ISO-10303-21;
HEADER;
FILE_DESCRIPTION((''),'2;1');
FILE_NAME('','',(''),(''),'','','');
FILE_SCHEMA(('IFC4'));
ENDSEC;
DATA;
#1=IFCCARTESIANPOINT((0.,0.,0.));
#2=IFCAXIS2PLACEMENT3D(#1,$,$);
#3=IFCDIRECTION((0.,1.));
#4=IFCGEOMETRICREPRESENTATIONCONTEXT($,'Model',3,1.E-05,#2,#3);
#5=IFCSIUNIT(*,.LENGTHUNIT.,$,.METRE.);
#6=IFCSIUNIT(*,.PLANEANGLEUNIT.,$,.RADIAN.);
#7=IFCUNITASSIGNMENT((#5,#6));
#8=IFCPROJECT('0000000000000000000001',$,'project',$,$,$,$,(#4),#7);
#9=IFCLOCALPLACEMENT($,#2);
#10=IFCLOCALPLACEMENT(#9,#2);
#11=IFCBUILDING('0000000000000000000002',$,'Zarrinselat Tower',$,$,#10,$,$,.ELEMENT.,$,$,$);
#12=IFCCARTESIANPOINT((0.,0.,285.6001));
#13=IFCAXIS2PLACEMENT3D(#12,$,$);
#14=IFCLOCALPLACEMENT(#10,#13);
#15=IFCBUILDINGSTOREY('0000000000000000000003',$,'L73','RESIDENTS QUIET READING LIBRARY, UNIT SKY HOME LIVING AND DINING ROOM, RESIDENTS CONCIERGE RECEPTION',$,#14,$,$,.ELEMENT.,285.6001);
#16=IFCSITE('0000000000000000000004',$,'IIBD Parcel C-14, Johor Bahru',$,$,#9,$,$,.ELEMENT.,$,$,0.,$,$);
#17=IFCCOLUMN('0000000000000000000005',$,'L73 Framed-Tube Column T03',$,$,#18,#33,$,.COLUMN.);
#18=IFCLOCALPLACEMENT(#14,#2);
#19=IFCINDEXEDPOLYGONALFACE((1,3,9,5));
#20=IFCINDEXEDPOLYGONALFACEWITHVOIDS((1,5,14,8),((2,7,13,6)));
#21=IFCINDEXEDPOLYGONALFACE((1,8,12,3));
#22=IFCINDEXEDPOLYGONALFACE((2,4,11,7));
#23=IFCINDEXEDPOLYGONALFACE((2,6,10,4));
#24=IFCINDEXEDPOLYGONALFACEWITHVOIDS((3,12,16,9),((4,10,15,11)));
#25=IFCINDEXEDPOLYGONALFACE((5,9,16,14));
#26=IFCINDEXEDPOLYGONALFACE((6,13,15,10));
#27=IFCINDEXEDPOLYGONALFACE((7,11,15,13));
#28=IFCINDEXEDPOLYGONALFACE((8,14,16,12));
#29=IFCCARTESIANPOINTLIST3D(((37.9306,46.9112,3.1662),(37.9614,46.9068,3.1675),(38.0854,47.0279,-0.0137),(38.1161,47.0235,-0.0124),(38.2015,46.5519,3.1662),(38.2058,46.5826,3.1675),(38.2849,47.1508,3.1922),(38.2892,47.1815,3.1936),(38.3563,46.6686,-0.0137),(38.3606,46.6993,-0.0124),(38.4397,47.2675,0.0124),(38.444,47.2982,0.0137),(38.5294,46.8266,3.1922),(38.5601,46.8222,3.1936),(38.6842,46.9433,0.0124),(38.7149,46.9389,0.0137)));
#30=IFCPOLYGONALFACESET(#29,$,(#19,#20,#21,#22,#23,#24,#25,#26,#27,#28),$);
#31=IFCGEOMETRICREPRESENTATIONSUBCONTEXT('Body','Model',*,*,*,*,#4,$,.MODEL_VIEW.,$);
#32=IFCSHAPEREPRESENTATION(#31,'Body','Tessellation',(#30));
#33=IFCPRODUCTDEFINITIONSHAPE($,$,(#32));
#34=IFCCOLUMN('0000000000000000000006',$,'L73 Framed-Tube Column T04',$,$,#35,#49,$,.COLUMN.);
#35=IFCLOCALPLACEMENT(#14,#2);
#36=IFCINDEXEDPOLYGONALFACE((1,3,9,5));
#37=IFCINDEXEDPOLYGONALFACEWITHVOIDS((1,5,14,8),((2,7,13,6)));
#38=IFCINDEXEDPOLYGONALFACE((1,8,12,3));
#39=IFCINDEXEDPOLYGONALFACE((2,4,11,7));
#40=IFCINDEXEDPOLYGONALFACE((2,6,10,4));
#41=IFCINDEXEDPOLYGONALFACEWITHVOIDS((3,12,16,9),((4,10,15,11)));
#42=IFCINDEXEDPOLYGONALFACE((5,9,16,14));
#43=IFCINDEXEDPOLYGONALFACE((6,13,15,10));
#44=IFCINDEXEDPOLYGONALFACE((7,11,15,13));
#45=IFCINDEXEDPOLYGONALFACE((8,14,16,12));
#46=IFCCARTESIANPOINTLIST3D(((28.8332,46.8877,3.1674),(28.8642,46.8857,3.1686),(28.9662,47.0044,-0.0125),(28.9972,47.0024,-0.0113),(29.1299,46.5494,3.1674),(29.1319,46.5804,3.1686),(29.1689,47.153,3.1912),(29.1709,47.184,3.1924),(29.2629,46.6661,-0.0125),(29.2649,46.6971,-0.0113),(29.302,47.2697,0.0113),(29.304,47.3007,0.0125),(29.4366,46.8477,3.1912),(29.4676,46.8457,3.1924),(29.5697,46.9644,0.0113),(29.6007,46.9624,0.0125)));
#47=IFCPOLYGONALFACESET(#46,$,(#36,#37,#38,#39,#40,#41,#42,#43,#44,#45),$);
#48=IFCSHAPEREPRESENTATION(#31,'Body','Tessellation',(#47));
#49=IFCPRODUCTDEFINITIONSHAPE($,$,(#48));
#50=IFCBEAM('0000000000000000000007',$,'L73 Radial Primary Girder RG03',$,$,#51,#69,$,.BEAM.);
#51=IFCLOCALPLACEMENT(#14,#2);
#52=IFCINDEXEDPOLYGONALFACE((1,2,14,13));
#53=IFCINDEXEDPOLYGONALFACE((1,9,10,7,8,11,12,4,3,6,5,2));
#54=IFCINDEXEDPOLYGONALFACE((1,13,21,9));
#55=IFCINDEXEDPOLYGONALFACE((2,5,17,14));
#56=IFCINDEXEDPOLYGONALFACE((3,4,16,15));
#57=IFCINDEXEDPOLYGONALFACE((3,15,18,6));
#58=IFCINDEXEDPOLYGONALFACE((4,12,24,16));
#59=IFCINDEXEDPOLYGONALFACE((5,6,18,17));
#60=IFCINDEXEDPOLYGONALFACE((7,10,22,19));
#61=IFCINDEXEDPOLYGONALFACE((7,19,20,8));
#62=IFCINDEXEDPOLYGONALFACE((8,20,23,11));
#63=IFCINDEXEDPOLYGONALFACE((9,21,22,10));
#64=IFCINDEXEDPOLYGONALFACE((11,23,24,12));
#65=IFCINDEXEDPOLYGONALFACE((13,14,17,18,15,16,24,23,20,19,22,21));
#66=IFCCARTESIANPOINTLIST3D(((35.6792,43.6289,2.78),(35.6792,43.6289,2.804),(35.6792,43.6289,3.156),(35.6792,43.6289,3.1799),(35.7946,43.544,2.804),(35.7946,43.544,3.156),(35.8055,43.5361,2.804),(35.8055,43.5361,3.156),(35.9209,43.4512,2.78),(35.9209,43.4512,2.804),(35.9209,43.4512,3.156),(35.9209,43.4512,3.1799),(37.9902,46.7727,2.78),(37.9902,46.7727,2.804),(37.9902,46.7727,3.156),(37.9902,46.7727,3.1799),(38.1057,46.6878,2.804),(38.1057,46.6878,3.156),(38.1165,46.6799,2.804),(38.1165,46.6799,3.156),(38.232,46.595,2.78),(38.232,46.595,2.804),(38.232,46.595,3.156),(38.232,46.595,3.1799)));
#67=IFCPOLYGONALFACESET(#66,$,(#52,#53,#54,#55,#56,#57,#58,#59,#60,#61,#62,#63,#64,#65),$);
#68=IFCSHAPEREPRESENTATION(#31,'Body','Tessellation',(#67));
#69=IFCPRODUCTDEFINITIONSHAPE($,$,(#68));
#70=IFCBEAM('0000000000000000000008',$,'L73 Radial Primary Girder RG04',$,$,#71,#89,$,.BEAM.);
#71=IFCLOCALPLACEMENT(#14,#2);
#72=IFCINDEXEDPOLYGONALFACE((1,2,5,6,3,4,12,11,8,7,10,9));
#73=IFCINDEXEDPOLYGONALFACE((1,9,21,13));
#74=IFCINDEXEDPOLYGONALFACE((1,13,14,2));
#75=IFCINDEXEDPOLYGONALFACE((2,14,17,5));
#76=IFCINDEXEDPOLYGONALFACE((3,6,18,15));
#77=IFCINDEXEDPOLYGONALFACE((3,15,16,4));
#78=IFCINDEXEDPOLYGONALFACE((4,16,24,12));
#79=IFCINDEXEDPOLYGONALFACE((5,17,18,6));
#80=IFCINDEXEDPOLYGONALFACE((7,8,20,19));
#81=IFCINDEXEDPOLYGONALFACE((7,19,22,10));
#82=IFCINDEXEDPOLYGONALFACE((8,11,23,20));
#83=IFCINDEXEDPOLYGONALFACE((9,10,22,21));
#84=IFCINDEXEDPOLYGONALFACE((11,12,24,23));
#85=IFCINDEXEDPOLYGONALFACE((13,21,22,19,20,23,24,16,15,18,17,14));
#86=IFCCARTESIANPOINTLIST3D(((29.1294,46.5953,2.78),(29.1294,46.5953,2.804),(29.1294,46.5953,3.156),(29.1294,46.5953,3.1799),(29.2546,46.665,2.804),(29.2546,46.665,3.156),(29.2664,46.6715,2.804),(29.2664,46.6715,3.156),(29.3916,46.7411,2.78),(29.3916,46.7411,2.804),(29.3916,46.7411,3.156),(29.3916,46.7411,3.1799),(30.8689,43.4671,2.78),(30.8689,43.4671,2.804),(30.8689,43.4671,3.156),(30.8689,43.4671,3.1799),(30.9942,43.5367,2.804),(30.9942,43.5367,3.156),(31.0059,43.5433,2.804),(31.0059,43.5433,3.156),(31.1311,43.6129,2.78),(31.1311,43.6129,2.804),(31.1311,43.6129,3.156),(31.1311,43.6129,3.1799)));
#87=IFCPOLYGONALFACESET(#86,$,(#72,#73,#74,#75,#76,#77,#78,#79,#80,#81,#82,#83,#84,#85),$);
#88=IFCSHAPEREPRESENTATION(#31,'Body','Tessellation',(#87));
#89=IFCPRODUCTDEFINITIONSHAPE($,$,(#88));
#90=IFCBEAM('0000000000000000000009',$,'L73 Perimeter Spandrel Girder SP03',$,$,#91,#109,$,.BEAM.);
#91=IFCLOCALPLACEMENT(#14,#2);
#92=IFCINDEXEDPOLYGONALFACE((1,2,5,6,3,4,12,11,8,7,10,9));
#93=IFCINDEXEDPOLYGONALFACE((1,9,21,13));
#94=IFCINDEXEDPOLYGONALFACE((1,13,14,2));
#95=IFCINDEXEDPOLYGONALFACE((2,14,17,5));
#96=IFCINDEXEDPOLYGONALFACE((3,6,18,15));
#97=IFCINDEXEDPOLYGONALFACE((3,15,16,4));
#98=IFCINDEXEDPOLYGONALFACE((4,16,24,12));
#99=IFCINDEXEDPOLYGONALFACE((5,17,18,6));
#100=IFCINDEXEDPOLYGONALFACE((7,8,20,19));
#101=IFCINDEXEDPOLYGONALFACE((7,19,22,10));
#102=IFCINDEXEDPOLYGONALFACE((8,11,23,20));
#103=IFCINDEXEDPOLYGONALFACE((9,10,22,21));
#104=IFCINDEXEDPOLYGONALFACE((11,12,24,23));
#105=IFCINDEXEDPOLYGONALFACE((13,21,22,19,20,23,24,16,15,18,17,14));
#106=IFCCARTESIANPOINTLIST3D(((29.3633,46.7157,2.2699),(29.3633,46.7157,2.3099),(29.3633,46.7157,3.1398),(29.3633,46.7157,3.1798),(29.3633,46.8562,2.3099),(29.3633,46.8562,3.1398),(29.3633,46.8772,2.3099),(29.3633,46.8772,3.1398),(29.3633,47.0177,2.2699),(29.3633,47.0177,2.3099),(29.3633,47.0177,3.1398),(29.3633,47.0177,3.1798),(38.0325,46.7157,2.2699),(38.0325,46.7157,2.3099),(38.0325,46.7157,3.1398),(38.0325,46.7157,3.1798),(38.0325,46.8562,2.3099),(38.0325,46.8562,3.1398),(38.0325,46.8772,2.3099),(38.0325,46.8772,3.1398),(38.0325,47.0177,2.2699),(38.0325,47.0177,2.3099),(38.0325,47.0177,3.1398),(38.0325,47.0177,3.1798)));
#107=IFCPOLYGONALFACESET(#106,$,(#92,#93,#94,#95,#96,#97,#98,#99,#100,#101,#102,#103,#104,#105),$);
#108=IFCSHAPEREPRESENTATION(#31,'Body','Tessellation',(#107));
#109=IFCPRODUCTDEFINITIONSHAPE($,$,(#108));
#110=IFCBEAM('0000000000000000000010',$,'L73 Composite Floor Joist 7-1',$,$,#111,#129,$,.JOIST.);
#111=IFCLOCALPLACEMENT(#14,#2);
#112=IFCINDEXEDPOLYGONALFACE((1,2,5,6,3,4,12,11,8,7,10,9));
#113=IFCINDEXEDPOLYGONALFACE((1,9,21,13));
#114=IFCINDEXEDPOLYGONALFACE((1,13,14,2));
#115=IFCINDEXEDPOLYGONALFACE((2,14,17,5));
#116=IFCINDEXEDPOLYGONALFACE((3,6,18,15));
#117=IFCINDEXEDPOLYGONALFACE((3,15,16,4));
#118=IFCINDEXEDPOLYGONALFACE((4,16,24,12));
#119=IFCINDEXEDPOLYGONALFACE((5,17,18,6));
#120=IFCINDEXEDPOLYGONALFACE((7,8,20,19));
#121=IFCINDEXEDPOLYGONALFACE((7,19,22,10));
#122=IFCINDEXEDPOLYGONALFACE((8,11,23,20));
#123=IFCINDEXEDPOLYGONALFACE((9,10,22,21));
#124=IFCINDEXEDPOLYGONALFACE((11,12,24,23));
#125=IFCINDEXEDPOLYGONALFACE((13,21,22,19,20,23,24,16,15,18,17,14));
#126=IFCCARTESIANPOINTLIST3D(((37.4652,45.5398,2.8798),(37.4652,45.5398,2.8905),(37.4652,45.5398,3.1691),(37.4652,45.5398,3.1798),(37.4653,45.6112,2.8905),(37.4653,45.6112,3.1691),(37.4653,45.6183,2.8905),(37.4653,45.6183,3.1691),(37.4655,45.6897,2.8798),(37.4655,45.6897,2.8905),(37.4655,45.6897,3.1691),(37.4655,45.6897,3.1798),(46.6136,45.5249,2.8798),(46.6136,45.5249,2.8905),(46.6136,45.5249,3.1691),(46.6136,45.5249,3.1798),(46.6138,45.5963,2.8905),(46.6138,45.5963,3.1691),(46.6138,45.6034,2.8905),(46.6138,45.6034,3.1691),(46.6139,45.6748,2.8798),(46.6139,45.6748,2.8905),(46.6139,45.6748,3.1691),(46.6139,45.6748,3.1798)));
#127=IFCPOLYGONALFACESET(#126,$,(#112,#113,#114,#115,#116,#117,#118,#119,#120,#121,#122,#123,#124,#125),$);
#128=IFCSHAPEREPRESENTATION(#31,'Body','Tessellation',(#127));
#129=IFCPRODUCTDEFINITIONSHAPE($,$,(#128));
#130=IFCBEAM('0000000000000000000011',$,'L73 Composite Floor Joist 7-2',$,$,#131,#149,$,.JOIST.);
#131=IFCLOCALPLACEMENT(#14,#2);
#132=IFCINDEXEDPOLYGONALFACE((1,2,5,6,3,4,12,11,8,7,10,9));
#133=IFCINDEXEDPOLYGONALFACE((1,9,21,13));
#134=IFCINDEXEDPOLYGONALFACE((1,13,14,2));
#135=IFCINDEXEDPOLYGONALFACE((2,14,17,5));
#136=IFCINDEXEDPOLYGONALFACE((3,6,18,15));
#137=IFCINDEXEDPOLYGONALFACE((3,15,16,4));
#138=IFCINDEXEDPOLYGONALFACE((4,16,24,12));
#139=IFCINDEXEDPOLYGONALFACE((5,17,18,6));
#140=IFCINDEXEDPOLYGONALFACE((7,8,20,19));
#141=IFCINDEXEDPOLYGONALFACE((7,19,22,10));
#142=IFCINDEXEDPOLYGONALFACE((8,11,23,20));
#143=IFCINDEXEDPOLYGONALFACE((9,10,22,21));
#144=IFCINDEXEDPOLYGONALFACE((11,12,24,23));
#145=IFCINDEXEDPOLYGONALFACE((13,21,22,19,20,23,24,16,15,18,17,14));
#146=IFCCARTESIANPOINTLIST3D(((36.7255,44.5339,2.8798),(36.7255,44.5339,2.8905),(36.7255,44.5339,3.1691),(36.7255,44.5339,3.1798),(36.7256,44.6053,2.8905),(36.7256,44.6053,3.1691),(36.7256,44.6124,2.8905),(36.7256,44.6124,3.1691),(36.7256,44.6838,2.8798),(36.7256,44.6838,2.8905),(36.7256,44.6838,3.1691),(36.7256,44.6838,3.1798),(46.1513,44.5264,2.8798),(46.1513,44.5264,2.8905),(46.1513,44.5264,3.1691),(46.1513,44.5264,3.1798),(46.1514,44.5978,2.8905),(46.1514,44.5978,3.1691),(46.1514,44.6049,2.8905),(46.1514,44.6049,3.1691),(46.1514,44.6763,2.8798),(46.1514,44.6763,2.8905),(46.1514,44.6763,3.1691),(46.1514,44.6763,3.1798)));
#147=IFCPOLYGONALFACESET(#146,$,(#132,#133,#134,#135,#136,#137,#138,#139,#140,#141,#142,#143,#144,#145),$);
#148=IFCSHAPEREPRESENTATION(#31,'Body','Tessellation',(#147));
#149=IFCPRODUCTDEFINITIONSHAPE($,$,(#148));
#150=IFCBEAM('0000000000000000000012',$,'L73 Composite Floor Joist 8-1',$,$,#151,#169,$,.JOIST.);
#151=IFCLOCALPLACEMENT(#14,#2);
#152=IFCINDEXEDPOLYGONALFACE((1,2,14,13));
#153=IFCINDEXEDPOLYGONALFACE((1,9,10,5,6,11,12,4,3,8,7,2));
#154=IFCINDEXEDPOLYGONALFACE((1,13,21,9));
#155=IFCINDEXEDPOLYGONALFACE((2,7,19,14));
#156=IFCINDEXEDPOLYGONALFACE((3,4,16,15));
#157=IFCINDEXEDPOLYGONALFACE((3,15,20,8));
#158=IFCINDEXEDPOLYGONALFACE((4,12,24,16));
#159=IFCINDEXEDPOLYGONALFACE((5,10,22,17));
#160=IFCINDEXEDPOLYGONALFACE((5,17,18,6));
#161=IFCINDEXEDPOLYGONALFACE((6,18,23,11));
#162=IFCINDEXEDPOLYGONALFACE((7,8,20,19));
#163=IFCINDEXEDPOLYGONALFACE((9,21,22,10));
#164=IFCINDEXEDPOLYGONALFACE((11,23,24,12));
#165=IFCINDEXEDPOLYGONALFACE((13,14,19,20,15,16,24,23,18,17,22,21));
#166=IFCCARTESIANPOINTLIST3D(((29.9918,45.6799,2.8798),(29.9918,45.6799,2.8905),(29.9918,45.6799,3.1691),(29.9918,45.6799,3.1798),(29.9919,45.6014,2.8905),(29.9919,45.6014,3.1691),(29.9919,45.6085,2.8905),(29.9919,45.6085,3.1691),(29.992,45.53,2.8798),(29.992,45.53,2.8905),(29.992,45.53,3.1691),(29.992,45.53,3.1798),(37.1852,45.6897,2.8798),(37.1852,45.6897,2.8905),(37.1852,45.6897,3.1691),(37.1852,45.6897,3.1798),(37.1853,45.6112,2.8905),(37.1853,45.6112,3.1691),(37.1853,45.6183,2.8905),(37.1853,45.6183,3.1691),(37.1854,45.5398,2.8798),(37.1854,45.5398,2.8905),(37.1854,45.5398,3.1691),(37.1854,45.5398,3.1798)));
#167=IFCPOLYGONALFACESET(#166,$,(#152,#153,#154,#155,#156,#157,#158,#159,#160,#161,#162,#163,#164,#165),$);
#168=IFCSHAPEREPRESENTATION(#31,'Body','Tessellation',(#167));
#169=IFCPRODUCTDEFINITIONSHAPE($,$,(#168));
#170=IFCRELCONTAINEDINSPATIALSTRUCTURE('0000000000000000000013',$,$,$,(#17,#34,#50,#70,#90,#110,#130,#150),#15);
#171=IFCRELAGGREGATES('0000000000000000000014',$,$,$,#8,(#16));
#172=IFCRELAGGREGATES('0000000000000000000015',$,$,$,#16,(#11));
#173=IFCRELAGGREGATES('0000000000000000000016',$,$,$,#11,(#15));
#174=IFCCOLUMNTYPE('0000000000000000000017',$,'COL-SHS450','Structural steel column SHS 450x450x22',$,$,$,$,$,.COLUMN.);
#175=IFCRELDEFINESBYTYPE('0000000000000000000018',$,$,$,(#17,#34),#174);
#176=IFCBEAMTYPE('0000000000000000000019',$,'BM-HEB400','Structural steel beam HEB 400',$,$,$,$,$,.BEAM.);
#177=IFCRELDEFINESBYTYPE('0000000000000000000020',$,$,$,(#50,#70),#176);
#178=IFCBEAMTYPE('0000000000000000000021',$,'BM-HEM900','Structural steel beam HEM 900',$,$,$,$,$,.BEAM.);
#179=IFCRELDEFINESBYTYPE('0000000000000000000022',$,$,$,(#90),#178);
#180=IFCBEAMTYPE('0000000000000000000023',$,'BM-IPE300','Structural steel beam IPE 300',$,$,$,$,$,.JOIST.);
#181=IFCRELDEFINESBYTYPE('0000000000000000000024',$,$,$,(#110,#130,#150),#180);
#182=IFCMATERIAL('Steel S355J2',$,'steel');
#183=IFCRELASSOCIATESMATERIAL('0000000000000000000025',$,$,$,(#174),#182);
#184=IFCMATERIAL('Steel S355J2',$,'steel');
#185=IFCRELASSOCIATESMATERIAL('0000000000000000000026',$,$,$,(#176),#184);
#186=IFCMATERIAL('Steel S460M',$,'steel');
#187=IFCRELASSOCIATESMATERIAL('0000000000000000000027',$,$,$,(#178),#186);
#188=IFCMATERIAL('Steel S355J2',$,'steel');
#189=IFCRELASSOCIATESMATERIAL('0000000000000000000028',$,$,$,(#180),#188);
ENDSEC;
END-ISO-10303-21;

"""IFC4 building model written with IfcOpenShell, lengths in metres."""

from ifc_helpers import new_model, si_unit, direction, frame, origin, origin_2d, place, context, subcontext, project, spatial, hollow_rectangle, i_section, extrude, material, material_profile, profile_set, type_object, element, save


model = new_model("IFC4")

# Units and contexts
model_context = context("Model", 3, precision=1e-05, world=origin(), true_north=direction((0.0, 1.0)))
body_context = subcontext(model_context, "Body", "Model", "MODEL_VIEW")
ifc_project = project(units=[si_unit("LENGTHUNIT", "METRE"), si_unit("PLANEANGLEUNIT", "RADIAN")], contexts=[model_context])

# Site, building, storey
site_placement = place(None, origin())
site = spatial("IfcSite", under=ifc_project, at=site_placement, Name="IIBD Parcel C-14, Johor Bahru", CompositionType="ELEMENT", RefElevation=0.0)
building_placement = place(site_placement, origin())
building = spatial("IfcBuilding", under=site, at=building_placement, Name="Zarrinselat Tower", CompositionType="ELEMENT")
storey_placement = place(building_placement, frame((0.0, 0.0, 285.6001)))
storey = spatial("IfcBuildingStorey", under=building, at=storey_placement, Name="L73", Description="RESIDENTS QUIET READING LIBRARY, UNIT SKY HOME LIVING AND DINING ROOM, RESIDENTS CONCIERGE RECEPTION", CompositionType="ELEMENT", Elevation=285.6001)

# Columns
ifc_material_1 = material(Name="Steel S355J2", Category="steel")
ifc_material_profile_1 = material_profile(ifc_material_1, hollow_rectangle(XDim=0.45, YDim=0.45, WallThickness=0.022, at=origin_2d()), Name="SHS 450x450x22")
ifc_profile_set_1 = profile_set([ifc_material_profile_1], Name="Steel S355J2")
column_type = type_object("IfcColumnType", Name="COL-SHS450", Description="Structural steel column SHS 450x450x22", PredefinedType="COLUMN", material=ifc_profile_set_1)
column_1_placement = place(storey_placement, frame((38.4001, 46.9834, 0.0), z_axis=(-0.048585, -0.036631, 0.998147), x_axis=(0.602013, -0.798486, 0.0)))
element("IfcColumn", 1, at=column_1_placement, inside=storey, type_object=column_type, Name="L73 Framed-Tube Column T03", PredefinedType="COLUMN", context=body_context, shape_type="SweptSolid", body=[
    extrude(hollow_rectangle(XDim=0.45, YDim=0.45, WallThickness=0.022, at=origin_2d()), origin(), (0.0, 0.0, 1.0), 3.1858),
])
column_2_placement = place(storey_placement, frame((29.2834, 46.9834, 0.0), z_axis=(-0.041778, -0.036642, 0.998455), x_axis=(0.659383, -0.751807, 0.0)))
element("IfcColumn", 2, at=column_2_placement, inside=storey, type_object=column_type, Name="L73 Framed-Tube Column T04", PredefinedType="COLUMN", context=body_context, shape_type="SweptSolid", body=[
    extrude(hollow_rectangle(XDim=0.45, YDim=0.45, WallThickness=0.022, at=origin_2d()), origin(), (0.0, 0.0, 1.0), 3.1848),
])

# Beams
ifc_material_2 = material(Name="Steel S355J2", Category="steel")
ifc_material_profile_2 = material_profile(ifc_material_2, i_section(OverallWidth=0.3, OverallDepth=0.3999, WebThickness=0.0134, FlangeThickness=0.0239, at=origin_2d()), Name="HEB 400")
ifc_profile_set_2 = profile_set([ifc_material_profile_2], Name="Steel S355J2")
beam_type_1 = type_object("IfcBeamType", Name="BM-HEB400", Description="Structural steel beam HEB 400", PredefinedType="BEAM", material=ifc_profile_set_2)
beam_1_placement = place(storey_placement, frame((35.8, 43.54, 2.98), z_axis=(0.592294, 0.805722, 0.0), x_axis=(-0.805722, 0.592294, 0.0)))
element("IfcBeam", 3, at=beam_1_placement, inside=storey, type_object=beam_type_1, Name="L73 Radial Primary Girder RG03", PredefinedType="BEAM", context=body_context, shape_type="SweptSolid", body=[
    extrude(i_section(OverallWidth=0.3, OverallDepth=0.3999, WebThickness=0.0134, FlangeThickness=0.0239, at=origin_2d()), origin(), (0.0, 0.0, 1.0), 3.9019),
])
beam_2_placement = place(storey_placement, frame((29.2605, 46.6682, 2.98), z_axis=(0.48599, -0.873964, 0.0), x_axis=(0.873964, 0.48599, 0.0)))
element("IfcBeam", 4, at=beam_2_placement, inside=storey, type_object=beam_type_1, Name="L73 Radial Primary Girder RG04", PredefinedType="BEAM", context=body_context, shape_type="SweptSolid", body=[
    extrude(i_section(OverallWidth=0.3, OverallDepth=0.3999, WebThickness=0.0134, FlangeThickness=0.0239, at=origin_2d()), origin(), (0.0, 0.0, 1.0), 3.5793),
])
ifc_material_3 = material(Name="Steel S460M", Category="steel")
ifc_material_profile_3 = material_profile(ifc_material_3, i_section(OverallWidth=0.302, OverallDepth=0.9099, WebThickness=0.021, FlangeThickness=0.04, at=origin_2d()), Name="HEM 900")
ifc_profile_set_3 = profile_set([ifc_material_profile_3], Name="Steel S460M")
beam_type_2 = type_object("IfcBeamType", Name="BM-HEM900", Description="Structural steel beam HEM 900", PredefinedType="BEAM", material=ifc_profile_set_3)
beam_3_placement = place(storey_placement, frame((29.3633, 46.8667, 2.7249), z_axis=(1.0, 0.0, 0.0), x_axis=(0.0, 1.0, 0.0)))
element("IfcBeam", 5, at=beam_3_placement, inside=storey, type_object=beam_type_2, Name="L73 Perimeter Spandrel Girder SP03", PredefinedType="BEAM", context=body_context, shape_type="SweptSolid", body=[
    extrude(i_section(OverallWidth=0.302, OverallDepth=0.9099, WebThickness=0.021, FlangeThickness=0.04, at=origin_2d()), origin(), (0.0, 0.0, 1.0), 8.6692),
])
ifc_material_4 = material(Name="Steel S355J2", Category="steel")
ifc_material_profile_4 = material_profile(ifc_material_4, i_section(OverallWidth=0.1499, OverallDepth=0.3, WebThickness=0.0071, FlangeThickness=0.0107, at=origin_2d()), Name="IPE 300")
ifc_profile_set_4 = profile_set([ifc_material_profile_4], Name="Steel S355J2")
beam_type_3 = type_object("IfcBeamType", Name="BM-IPE300", Description="Structural steel beam IPE 300", PredefinedType="JOIST", material=ifc_profile_set_4)
beam_4_placement = place(storey_placement, frame((37.4653, 45.6147, 3.0298), z_axis=(0.999999, -0.001628, 0.0), x_axis=(0.001628, 0.999999, 0.0)))
element("IfcBeam", 6, at=beam_4_placement, inside=storey, type_object=beam_type_3, Name="L73 Composite Floor Joist 7-1", PredefinedType="JOIST", context=body_context, shape_type="SweptSolid", body=[
    extrude(i_section(OverallWidth=0.1499, OverallDepth=0.3, WebThickness=0.0071, FlangeThickness=0.0107, at=origin_2d()), origin(), (0.0, 0.0, 1.0), 9.1484),
])
beam_5_placement = place(storey_placement, frame((36.7256, 44.6089, 3.0298), z_axis=(1.0, -0.000803, 0.0), x_axis=(0.000803, 1.0, 0.0)))
element("IfcBeam", 7, at=beam_5_placement, inside=storey, type_object=beam_type_3, Name="L73 Composite Floor Joist 7-2", PredefinedType="JOIST", context=body_context, shape_type="SweptSolid", body=[
    extrude(i_section(OverallWidth=0.1499, OverallDepth=0.3, WebThickness=0.0071, FlangeThickness=0.0107, at=origin_2d()), origin(), (0.0, 0.0, 1.0), 9.4258),
])
beam_6_placement = place(storey_placement, frame((29.9919, 45.605, 3.0298), z_axis=(0.999999, 0.001358, 0.0), x_axis=(-0.001358, 0.999999, 0.0)))
element("IfcBeam", 8, at=beam_6_placement, inside=storey, type_object=beam_type_3, Name="L73 Composite Floor Joist 8-1", PredefinedType="JOIST", context=body_context, shape_type="SweptSolid", body=[
    extrude(i_section(OverallWidth=0.1499, OverallDepth=0.3, WebThickness=0.0071, FlangeThickness=0.0107, at=origin_2d()), origin(), (0.0, 0.0, 1.0), 7.1934),
])

save(model, "model.ifc")
